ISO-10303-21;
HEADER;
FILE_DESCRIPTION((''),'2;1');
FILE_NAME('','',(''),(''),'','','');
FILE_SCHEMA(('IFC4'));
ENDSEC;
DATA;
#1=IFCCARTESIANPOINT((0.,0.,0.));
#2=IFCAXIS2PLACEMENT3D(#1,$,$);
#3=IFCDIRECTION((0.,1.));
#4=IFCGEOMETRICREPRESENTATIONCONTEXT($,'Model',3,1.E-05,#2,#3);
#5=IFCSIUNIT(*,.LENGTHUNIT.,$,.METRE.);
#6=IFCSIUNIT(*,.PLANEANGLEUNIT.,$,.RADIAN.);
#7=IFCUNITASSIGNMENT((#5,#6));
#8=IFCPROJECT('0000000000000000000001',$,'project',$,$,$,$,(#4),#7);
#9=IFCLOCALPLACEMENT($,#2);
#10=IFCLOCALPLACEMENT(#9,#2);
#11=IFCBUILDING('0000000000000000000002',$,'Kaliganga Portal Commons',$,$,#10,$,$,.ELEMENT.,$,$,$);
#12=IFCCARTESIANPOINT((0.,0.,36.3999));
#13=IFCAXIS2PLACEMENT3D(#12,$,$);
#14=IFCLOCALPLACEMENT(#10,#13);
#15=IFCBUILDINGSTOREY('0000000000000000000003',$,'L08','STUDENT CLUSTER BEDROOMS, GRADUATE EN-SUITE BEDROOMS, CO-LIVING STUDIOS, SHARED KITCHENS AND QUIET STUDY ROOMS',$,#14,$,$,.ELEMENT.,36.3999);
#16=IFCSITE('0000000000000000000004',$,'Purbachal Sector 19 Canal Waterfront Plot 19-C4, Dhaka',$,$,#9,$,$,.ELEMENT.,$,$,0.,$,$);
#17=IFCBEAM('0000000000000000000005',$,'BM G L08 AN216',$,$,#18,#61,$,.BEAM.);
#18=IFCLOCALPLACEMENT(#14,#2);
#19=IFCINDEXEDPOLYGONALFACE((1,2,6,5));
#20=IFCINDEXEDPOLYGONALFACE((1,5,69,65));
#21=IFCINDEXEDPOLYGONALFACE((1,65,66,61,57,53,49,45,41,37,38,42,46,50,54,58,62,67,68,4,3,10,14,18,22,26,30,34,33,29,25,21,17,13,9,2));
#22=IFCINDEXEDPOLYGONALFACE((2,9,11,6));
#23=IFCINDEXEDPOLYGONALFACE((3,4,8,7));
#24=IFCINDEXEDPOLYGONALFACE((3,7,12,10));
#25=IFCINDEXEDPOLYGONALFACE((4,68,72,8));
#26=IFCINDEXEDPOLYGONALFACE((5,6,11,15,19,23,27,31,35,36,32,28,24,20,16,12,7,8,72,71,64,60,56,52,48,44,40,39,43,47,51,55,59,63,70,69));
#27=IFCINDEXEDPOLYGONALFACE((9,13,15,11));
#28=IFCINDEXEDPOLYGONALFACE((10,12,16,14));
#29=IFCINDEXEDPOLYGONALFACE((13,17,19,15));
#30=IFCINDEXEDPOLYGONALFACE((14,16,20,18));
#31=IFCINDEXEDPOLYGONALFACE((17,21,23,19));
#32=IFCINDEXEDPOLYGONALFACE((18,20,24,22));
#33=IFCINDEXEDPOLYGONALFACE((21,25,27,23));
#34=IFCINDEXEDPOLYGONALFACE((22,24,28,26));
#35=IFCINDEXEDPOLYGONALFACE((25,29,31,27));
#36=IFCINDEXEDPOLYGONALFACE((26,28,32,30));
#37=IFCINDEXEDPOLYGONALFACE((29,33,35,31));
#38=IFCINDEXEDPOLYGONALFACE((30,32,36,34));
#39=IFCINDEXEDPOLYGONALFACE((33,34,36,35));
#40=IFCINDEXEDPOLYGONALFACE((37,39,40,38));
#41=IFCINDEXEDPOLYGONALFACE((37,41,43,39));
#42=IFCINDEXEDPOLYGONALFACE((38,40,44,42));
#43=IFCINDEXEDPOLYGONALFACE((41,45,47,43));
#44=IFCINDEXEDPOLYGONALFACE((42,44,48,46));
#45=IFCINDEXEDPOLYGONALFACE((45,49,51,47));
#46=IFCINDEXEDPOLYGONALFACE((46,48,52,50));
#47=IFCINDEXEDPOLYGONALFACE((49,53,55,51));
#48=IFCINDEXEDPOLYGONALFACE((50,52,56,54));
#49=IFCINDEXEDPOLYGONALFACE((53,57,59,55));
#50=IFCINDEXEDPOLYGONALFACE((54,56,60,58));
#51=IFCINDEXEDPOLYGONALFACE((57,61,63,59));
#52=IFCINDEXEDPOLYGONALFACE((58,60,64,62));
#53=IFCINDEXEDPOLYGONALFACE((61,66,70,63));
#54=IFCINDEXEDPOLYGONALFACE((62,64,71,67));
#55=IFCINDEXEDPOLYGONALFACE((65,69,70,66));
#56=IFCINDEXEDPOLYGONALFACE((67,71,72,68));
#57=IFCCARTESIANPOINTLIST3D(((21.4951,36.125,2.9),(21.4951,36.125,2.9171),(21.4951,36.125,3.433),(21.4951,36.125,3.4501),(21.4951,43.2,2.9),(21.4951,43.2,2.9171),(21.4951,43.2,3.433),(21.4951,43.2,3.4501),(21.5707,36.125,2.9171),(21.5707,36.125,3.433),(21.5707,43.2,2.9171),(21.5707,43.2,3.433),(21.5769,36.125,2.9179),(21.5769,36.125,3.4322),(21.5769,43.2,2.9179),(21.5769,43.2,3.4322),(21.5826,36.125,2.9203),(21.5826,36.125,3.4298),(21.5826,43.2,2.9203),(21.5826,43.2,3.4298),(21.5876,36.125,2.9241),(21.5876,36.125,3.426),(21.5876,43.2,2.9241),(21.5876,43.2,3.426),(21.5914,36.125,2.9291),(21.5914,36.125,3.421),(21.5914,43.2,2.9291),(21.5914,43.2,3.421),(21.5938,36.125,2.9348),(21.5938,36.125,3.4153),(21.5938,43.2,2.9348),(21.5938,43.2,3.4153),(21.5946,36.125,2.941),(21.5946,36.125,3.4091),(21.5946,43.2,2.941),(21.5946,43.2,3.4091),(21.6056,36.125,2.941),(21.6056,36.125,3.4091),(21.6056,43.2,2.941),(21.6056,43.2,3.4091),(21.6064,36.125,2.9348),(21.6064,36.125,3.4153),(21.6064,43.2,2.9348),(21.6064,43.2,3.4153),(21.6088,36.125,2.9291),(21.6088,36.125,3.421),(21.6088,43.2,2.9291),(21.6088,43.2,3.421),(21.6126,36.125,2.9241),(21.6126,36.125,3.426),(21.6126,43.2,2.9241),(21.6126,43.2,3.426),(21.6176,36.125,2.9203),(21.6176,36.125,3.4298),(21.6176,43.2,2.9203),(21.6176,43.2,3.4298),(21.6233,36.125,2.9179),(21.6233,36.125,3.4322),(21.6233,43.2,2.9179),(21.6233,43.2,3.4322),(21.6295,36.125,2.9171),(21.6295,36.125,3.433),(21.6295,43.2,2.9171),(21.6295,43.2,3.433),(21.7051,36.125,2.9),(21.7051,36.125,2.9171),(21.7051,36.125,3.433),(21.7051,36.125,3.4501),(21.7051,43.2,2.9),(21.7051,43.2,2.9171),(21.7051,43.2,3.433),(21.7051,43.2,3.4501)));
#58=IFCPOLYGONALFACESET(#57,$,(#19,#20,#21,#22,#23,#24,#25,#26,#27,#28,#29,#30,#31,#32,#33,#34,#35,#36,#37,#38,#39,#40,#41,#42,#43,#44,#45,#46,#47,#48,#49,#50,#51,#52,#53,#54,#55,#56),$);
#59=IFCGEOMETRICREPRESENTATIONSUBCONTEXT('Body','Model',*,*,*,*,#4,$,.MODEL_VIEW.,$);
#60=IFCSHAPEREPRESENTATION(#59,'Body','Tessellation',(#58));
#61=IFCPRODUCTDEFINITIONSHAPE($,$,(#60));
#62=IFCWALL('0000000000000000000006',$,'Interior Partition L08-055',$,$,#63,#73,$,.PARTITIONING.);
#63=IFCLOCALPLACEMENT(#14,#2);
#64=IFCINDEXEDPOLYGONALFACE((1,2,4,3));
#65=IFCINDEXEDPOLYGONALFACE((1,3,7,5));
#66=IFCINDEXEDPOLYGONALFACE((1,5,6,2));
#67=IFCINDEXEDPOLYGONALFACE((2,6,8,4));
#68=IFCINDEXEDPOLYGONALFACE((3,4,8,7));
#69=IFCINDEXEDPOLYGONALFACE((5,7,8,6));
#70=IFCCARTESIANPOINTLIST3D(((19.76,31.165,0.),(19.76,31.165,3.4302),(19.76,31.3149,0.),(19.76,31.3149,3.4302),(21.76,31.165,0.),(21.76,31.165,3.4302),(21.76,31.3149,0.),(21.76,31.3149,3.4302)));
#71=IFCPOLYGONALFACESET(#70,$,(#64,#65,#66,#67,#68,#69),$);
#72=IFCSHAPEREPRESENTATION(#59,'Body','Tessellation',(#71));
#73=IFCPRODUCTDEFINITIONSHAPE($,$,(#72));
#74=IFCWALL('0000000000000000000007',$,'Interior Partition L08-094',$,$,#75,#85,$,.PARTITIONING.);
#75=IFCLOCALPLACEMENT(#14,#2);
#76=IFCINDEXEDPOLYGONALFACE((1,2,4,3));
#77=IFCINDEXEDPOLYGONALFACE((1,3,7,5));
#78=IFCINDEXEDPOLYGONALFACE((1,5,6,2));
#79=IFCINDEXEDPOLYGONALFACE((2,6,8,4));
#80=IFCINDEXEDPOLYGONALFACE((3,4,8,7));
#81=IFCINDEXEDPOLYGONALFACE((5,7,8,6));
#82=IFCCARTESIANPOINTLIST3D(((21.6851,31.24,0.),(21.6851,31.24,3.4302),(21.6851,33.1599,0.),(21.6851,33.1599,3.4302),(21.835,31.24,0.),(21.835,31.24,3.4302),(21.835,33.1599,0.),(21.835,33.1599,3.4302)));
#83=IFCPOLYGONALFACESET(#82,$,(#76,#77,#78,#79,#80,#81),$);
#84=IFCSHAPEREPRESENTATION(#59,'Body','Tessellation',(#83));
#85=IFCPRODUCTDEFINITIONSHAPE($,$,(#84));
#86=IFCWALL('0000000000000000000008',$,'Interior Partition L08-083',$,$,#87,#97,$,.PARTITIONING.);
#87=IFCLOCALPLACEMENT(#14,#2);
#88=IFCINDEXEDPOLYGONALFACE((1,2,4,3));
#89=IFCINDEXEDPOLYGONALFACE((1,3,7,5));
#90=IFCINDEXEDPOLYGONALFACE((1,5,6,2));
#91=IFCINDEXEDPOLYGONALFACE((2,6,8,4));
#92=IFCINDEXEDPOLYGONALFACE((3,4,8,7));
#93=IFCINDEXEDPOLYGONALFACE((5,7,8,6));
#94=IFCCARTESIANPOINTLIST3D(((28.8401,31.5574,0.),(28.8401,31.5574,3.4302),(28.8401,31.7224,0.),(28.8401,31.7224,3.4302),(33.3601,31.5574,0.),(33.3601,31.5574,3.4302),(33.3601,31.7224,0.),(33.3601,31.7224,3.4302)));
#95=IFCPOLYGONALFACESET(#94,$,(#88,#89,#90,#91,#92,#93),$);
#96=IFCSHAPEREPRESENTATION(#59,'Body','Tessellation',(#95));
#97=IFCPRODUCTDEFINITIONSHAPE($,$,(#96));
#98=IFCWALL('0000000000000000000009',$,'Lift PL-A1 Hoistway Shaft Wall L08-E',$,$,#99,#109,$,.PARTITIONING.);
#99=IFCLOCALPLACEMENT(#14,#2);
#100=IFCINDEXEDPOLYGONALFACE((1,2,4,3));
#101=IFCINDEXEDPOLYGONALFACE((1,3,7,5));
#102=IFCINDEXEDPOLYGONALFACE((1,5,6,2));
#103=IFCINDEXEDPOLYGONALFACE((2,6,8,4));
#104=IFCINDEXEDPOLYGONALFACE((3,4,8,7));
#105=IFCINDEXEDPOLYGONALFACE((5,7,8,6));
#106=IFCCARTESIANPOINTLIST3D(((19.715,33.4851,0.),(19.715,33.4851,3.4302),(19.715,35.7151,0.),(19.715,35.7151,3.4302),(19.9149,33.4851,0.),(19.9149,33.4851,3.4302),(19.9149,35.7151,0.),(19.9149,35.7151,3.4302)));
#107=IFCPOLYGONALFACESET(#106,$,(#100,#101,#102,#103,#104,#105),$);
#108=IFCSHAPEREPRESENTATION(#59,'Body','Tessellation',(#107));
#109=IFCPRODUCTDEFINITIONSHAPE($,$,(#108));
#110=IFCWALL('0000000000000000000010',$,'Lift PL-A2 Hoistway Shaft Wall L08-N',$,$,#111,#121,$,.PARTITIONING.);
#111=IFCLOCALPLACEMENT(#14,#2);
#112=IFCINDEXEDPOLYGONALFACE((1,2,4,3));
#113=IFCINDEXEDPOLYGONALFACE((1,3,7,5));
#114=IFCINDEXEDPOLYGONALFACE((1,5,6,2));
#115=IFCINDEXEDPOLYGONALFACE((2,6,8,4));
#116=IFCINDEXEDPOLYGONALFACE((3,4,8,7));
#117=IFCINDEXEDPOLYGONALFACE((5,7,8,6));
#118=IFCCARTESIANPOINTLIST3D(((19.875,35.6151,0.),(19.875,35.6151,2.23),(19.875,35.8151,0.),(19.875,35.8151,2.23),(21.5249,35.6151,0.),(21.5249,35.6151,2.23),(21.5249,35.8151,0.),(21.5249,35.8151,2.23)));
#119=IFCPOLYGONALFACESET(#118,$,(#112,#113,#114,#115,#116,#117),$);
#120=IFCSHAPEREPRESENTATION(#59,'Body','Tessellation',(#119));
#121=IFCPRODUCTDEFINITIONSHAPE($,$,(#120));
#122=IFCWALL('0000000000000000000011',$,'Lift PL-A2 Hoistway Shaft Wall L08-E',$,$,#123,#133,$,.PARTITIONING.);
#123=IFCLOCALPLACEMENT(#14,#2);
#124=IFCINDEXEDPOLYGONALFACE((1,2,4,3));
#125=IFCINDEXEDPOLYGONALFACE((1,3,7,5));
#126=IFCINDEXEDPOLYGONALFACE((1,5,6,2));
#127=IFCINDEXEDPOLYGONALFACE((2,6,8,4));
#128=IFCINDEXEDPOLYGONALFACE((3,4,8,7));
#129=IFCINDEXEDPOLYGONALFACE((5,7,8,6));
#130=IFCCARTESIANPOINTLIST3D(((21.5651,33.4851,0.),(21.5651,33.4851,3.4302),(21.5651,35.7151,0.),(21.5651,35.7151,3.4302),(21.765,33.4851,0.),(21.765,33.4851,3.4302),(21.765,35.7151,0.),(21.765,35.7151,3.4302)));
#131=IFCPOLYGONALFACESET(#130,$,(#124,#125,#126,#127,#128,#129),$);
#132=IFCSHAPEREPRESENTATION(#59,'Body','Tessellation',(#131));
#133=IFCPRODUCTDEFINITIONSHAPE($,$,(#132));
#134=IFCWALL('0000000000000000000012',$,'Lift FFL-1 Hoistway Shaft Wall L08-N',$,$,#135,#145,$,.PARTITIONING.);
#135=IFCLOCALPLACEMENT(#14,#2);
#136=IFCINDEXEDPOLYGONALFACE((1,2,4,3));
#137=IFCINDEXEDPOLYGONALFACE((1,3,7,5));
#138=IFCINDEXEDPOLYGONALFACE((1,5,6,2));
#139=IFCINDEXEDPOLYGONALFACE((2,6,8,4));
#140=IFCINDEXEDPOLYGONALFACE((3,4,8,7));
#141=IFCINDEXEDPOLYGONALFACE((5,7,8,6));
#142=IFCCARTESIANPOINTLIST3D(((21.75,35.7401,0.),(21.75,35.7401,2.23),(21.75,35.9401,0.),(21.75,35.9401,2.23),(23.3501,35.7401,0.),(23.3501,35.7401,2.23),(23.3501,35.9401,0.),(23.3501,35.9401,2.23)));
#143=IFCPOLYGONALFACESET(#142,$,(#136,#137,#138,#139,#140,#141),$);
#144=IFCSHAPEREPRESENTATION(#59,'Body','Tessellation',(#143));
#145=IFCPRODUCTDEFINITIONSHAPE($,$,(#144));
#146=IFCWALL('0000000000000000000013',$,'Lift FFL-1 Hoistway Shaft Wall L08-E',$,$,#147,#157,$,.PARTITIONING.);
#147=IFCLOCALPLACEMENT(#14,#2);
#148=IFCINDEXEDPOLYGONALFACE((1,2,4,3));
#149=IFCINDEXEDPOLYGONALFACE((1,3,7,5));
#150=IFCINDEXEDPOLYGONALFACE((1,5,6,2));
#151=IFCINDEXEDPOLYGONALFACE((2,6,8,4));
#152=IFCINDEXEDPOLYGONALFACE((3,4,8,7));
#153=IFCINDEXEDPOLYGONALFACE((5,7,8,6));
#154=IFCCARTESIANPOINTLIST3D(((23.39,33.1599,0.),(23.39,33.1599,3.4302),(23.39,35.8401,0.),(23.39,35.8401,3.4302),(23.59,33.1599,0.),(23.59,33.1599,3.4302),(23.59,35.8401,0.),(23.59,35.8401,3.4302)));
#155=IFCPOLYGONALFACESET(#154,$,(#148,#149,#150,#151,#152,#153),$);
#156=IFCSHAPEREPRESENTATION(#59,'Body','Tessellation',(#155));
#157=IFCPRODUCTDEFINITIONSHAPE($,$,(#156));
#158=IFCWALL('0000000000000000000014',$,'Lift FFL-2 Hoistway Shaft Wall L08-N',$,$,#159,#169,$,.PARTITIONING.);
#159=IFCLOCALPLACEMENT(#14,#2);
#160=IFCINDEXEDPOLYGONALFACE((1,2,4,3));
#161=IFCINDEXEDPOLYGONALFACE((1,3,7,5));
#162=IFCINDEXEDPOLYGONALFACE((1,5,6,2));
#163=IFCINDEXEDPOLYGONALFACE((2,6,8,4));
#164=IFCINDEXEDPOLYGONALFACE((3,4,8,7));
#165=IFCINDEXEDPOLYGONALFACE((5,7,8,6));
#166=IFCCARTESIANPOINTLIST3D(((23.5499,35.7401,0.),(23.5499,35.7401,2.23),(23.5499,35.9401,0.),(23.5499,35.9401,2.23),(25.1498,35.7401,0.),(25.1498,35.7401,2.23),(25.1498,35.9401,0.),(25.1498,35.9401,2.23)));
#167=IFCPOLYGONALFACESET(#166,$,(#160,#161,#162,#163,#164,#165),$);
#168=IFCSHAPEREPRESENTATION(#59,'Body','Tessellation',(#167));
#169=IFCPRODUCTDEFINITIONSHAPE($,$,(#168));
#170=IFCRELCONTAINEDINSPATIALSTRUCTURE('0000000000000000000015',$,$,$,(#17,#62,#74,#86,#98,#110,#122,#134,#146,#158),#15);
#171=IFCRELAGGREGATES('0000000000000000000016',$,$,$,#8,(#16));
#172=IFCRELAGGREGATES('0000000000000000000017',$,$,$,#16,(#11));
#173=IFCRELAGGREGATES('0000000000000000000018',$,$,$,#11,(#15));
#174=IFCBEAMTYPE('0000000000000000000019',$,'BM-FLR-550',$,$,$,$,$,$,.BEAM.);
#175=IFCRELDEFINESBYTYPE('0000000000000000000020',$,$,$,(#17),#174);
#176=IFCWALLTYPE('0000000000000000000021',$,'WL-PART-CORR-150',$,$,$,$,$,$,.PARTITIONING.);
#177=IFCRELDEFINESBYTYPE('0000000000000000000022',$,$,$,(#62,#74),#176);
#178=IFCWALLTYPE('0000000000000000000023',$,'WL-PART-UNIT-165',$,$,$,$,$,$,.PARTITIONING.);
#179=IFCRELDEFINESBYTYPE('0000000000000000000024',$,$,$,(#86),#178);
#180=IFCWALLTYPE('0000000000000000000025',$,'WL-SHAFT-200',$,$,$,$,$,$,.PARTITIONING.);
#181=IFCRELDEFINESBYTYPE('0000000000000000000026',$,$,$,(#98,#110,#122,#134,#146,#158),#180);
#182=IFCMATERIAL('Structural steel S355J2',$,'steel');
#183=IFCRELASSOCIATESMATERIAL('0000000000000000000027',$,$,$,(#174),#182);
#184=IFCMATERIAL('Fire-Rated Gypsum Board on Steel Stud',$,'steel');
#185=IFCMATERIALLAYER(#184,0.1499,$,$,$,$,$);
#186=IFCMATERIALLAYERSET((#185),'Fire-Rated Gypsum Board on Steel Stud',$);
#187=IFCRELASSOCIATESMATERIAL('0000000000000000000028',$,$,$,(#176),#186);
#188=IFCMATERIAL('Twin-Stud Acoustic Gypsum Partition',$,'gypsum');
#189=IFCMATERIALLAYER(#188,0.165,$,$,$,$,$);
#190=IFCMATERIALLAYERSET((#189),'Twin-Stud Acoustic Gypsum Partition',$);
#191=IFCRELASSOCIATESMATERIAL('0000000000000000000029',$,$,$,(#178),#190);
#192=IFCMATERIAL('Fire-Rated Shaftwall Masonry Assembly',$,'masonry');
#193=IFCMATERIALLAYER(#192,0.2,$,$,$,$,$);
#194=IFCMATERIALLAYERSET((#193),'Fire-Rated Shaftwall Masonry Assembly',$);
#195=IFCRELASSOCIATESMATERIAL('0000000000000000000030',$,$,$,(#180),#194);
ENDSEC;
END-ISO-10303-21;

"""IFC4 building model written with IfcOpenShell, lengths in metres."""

from ifc_helpers import new_model, si_unit, direction, frame, frame_2d, origin, origin_2d, place, context, subcontext, project, spatial, rectangle, i_section, extrude, source, transform, mapped, material, layer, layer_set, material_profile, profile_set, type_object, element, save


model = new_model("IFC4")

# Units and contexts
model_context = context("Model", 3, precision=1e-05, world=origin(), true_north=direction((0.0, 1.0)))
body_context = subcontext(model_context, "Body", "Model", "MODEL_VIEW")
ifc_project = project(units=[si_unit("LENGTHUNIT", "METRE"), si_unit("PLANEANGLEUNIT", "RADIAN")], contexts=[model_context])

# Site, building, storey
site_placement = place(None, origin())
site = spatial("IfcSite", under=ifc_project, at=site_placement, Name="Purbachal Sector 19 Canal Waterfront Plot 19-C4, Dhaka", CompositionType="ELEMENT", RefElevation=0.0)
building_placement = place(site_placement, origin())
building = spatial("IfcBuilding", under=site, at=building_placement, Name="Kaliganga Portal Commons", CompositionType="ELEMENT")
storey_placement = place(building_placement, frame((0.0, 0.0, 36.3999)))
storey = spatial("IfcBuildingStorey", under=building, at=storey_placement, Name="L08", Description="STUDENT CLUSTER BEDROOMS, GRADUATE EN-SUITE BEDROOMS, CO-LIVING STUDIOS, SHARED KITCHENS AND QUIET STUDY ROOMS", CompositionType="ELEMENT", Elevation=36.3999)

# Beam
ifc_material_1 = material(Name="Structural steel S355J2", Category="steel")
ifc_material_profile = material_profile(ifc_material_1, i_section(OverallWidth=0.21, OverallDepth=0.55, WebThickness=0.011, FlangeThickness=0.0171, FilletRadius=0.0239, at=origin_2d()), Name="IPE 550")
ifc_profile_set = profile_set([ifc_material_profile], Name="Structural steel S355J2 wide-flange")
beam_type = type_object("IfcBeamType", Name="BM-FLR-550", PredefinedType="BEAM", material=ifc_profile_set)
shared_shape = source(origin(), body_context, "Body", "SweptSolid", [
    extrude(i_section(OverallWidth=0.21, OverallDepth=0.55, WebThickness=0.011, FlangeThickness=0.0171, FilletRadius=0.0239, at=origin_2d()), origin(), (0.0, 0.0, 1.0), 7.075),
])
beam_placement = place(storey_placement, frame((21.6001, 36.125, 3.175), z_axis=(0.0, 1.0, 0.0), x_axis=(-1.0, 0.0, 0.0)))
element("IfcBeam", 1, at=beam_placement, inside=storey, type_object=beam_type, Name="BM G L08 AN216", PredefinedType="BEAM", context=body_context, shape_type="MappedRepresentation", body=[
    mapped(shared_shape, transform((0.0, 0.0, 0.0), x_axis=(1.0, 0.0, 0.0), y_axis=(0.0, 1.0, 0.0), z_axis=(0.0, 0.0, 1.0), scale=1.0)),
])

# Walls
ifc_material_2 = material(Name="Fire-Rated Gypsum Board on Steel Stud", Category="steel")
ifc_layer_1 = layer(ifc_material_2, 0.1499)
ifc_layer_set_1 = layer_set([ifc_layer_1], Name="Fire-Rated Gypsum Board on Steel Stud")
wall_type_1 = type_object("IfcWallType", Name="WL-PART-CORR-150", PredefinedType="PARTITIONING", material=ifc_layer_set_1)
wall_1_placement = place(storey_placement, frame((19.76, 31.24, 0.0), z_axis=(0.0, 0.0, 1.0), x_axis=(1.0, 0.0, 0.0)))
element("IfcWall", 2, at=wall_1_placement, inside=storey, type_object=wall_type_1, Name="Interior Partition L08-055", PredefinedType="PARTITIONING", context=body_context, shape_type="SweptSolid", body=[
    extrude(rectangle(XDim=2.0, YDim=0.1499, at=frame_2d((1.0, 0.0))), origin(), (0.0, 0.0, 1.0), 3.4302),
])
wall_2_placement = place(storey_placement, frame((21.76, 31.24, 0.0), z_axis=(0.0, 0.0, 1.0), x_axis=(0.0, 1.0, 0.0)))
element("IfcWall", 3, at=wall_2_placement, inside=storey, type_object=wall_type_1, Name="Interior Partition L08-094", PredefinedType="PARTITIONING", context=body_context, shape_type="SweptSolid", body=[
    extrude(rectangle(XDim=1.9199, YDim=0.1499, at=frame_2d((0.96, 0.0))), origin(), (0.0, 0.0, 1.0), 3.4302),
])
ifc_material_3 = material(Name="Twin-Stud Acoustic Gypsum Partition", Category="gypsum")
ifc_layer_2 = layer(ifc_material_3, 0.165)
ifc_layer_set_2 = layer_set([ifc_layer_2], Name="Twin-Stud Acoustic Gypsum Partition")
wall_type_2 = type_object("IfcWallType", Name="WL-PART-UNIT-165", PredefinedType="PARTITIONING", material=ifc_layer_set_2)
wall_3_placement = place(storey_placement, frame((28.8401, 31.6399, 0.0), z_axis=(0.0, 0.0, 1.0), x_axis=(1.0, 0.0, 0.0)))
element("IfcWall", 4, at=wall_3_placement, inside=storey, type_object=wall_type_2, Name="Interior Partition L08-083", PredefinedType="PARTITIONING", context=body_context, shape_type="SweptSolid", body=[
    extrude(rectangle(XDim=4.52, YDim=0.165, at=frame_2d((2.26, 0.0))), origin(), (0.0, 0.0, 1.0), 3.4302),
])
ifc_material_4 = material(Name="Fire-Rated Shaftwall Masonry Assembly", Category="masonry")
ifc_layer_3 = layer(ifc_material_4, 0.2)
ifc_layer_set_3 = layer_set([ifc_layer_3], Name="Fire-Rated Shaftwall Masonry Assembly")
wall_type_3 = type_object("IfcWallType", Name="WL-SHAFT-200", PredefinedType="PARTITIONING", material=ifc_layer_set_3)
wall_4_placement = place(storey_placement, frame((19.8149, 33.4851, 0.0), z_axis=(0.0, 0.0, 1.0), x_axis=(0.0, 1.0, 0.0)))
element("IfcWall", 5, at=wall_4_placement, inside=storey, type_object=wall_type_3, Name="Lift PL-A1 Hoistway Shaft Wall L08-E", PredefinedType="PARTITIONING", context=body_context, shape_type="SweptSolid", body=[
    extrude(rectangle(XDim=2.23, YDim=0.2, at=frame_2d((1.115, 0.0))), origin(), (0.0, 0.0, 1.0), 3.4302),
])

# Walls
wall_5_placement = place(storey_placement, frame((19.875, 35.7151, 0.0), z_axis=(0.0, 0.0, 1.0), x_axis=(1.0, 0.0, 0.0)))
element("IfcWall", 6, at=wall_5_placement, inside=storey, type_object=wall_type_3, Name="Lift PL-A2 Hoistway Shaft Wall L08-N", PredefinedType="PARTITIONING", context=body_context, shape_type="SweptSolid", body=[
    extrude(rectangle(XDim=1.6499, YDim=0.2, at=frame_2d((0.825, 0.0))), origin(), (0.0, 0.0, 1.0), 2.23),
])
wall_6_placement = place(storey_placement, frame((21.665, 33.4851, 0.0), z_axis=(0.0, 0.0, 1.0), x_axis=(0.0, 1.0, 0.0)))
element("IfcWall", 7, at=wall_6_placement, inside=storey, type_object=wall_type_3, Name="Lift PL-A2 Hoistway Shaft Wall L08-E", PredefinedType="PARTITIONING", context=body_context, shape_type="SweptSolid", body=[
    extrude(rectangle(XDim=2.23, YDim=0.2, at=frame_2d((1.115, 0.0))), origin(), (0.0, 0.0, 1.0), 3.4302),
])

# Walls
wall_7_placement = place(storey_placement, frame((21.75, 35.8401, 0.0), z_axis=(0.0, 0.0, 1.0), x_axis=(1.0, 0.0, 0.0)))
element("IfcWall", 8, at=wall_7_placement, inside=storey, type_object=wall_type_3, Name="Lift FFL-1 Hoistway Shaft Wall L08-N", PredefinedType="PARTITIONING", context=body_context, shape_type="SweptSolid", body=[
    extrude(rectangle(XDim=1.6001, YDim=0.2, at=frame_2d((0.8, 0.0))), origin(), (0.0, 0.0, 1.0), 2.23),
])
wall_8_placement = place(storey_placement, frame((23.49, 33.1599, 0.0), z_axis=(0.0, 0.0, 1.0), x_axis=(0.0, 1.0, 0.0)))
element("IfcWall", 9, at=wall_8_placement, inside=storey, type_object=wall_type_3, Name="Lift FFL-1 Hoistway Shaft Wall L08-E", PredefinedType="PARTITIONING", context=body_context, shape_type="SweptSolid", body=[
    extrude(rectangle(XDim=2.6802, YDim=0.2, at=frame_2d((1.3401, 0.0))), origin(), (0.0, 0.0, 1.0), 3.4302),
])

# Wall
wall_9_placement = place(storey_placement, frame((23.55, 35.8401, 0.0), z_axis=(0.0, 0.0, 1.0), x_axis=(1.0, 0.0, 0.0)))
element("IfcWall", 10, at=wall_9_placement, inside=storey, type_object=wall_type_3, Name="Lift FFL-2 Hoistway Shaft Wall L08-N", PredefinedType="PARTITIONING", context=body_context, shape_type="SweptSolid", body=[
    extrude(rectangle(XDim=1.5999, YDim=0.2, at=frame_2d((0.7998, 0.0))), origin(), (0.0, 0.0, 1.0), 2.23),
])

save(model, "model.ifc")
